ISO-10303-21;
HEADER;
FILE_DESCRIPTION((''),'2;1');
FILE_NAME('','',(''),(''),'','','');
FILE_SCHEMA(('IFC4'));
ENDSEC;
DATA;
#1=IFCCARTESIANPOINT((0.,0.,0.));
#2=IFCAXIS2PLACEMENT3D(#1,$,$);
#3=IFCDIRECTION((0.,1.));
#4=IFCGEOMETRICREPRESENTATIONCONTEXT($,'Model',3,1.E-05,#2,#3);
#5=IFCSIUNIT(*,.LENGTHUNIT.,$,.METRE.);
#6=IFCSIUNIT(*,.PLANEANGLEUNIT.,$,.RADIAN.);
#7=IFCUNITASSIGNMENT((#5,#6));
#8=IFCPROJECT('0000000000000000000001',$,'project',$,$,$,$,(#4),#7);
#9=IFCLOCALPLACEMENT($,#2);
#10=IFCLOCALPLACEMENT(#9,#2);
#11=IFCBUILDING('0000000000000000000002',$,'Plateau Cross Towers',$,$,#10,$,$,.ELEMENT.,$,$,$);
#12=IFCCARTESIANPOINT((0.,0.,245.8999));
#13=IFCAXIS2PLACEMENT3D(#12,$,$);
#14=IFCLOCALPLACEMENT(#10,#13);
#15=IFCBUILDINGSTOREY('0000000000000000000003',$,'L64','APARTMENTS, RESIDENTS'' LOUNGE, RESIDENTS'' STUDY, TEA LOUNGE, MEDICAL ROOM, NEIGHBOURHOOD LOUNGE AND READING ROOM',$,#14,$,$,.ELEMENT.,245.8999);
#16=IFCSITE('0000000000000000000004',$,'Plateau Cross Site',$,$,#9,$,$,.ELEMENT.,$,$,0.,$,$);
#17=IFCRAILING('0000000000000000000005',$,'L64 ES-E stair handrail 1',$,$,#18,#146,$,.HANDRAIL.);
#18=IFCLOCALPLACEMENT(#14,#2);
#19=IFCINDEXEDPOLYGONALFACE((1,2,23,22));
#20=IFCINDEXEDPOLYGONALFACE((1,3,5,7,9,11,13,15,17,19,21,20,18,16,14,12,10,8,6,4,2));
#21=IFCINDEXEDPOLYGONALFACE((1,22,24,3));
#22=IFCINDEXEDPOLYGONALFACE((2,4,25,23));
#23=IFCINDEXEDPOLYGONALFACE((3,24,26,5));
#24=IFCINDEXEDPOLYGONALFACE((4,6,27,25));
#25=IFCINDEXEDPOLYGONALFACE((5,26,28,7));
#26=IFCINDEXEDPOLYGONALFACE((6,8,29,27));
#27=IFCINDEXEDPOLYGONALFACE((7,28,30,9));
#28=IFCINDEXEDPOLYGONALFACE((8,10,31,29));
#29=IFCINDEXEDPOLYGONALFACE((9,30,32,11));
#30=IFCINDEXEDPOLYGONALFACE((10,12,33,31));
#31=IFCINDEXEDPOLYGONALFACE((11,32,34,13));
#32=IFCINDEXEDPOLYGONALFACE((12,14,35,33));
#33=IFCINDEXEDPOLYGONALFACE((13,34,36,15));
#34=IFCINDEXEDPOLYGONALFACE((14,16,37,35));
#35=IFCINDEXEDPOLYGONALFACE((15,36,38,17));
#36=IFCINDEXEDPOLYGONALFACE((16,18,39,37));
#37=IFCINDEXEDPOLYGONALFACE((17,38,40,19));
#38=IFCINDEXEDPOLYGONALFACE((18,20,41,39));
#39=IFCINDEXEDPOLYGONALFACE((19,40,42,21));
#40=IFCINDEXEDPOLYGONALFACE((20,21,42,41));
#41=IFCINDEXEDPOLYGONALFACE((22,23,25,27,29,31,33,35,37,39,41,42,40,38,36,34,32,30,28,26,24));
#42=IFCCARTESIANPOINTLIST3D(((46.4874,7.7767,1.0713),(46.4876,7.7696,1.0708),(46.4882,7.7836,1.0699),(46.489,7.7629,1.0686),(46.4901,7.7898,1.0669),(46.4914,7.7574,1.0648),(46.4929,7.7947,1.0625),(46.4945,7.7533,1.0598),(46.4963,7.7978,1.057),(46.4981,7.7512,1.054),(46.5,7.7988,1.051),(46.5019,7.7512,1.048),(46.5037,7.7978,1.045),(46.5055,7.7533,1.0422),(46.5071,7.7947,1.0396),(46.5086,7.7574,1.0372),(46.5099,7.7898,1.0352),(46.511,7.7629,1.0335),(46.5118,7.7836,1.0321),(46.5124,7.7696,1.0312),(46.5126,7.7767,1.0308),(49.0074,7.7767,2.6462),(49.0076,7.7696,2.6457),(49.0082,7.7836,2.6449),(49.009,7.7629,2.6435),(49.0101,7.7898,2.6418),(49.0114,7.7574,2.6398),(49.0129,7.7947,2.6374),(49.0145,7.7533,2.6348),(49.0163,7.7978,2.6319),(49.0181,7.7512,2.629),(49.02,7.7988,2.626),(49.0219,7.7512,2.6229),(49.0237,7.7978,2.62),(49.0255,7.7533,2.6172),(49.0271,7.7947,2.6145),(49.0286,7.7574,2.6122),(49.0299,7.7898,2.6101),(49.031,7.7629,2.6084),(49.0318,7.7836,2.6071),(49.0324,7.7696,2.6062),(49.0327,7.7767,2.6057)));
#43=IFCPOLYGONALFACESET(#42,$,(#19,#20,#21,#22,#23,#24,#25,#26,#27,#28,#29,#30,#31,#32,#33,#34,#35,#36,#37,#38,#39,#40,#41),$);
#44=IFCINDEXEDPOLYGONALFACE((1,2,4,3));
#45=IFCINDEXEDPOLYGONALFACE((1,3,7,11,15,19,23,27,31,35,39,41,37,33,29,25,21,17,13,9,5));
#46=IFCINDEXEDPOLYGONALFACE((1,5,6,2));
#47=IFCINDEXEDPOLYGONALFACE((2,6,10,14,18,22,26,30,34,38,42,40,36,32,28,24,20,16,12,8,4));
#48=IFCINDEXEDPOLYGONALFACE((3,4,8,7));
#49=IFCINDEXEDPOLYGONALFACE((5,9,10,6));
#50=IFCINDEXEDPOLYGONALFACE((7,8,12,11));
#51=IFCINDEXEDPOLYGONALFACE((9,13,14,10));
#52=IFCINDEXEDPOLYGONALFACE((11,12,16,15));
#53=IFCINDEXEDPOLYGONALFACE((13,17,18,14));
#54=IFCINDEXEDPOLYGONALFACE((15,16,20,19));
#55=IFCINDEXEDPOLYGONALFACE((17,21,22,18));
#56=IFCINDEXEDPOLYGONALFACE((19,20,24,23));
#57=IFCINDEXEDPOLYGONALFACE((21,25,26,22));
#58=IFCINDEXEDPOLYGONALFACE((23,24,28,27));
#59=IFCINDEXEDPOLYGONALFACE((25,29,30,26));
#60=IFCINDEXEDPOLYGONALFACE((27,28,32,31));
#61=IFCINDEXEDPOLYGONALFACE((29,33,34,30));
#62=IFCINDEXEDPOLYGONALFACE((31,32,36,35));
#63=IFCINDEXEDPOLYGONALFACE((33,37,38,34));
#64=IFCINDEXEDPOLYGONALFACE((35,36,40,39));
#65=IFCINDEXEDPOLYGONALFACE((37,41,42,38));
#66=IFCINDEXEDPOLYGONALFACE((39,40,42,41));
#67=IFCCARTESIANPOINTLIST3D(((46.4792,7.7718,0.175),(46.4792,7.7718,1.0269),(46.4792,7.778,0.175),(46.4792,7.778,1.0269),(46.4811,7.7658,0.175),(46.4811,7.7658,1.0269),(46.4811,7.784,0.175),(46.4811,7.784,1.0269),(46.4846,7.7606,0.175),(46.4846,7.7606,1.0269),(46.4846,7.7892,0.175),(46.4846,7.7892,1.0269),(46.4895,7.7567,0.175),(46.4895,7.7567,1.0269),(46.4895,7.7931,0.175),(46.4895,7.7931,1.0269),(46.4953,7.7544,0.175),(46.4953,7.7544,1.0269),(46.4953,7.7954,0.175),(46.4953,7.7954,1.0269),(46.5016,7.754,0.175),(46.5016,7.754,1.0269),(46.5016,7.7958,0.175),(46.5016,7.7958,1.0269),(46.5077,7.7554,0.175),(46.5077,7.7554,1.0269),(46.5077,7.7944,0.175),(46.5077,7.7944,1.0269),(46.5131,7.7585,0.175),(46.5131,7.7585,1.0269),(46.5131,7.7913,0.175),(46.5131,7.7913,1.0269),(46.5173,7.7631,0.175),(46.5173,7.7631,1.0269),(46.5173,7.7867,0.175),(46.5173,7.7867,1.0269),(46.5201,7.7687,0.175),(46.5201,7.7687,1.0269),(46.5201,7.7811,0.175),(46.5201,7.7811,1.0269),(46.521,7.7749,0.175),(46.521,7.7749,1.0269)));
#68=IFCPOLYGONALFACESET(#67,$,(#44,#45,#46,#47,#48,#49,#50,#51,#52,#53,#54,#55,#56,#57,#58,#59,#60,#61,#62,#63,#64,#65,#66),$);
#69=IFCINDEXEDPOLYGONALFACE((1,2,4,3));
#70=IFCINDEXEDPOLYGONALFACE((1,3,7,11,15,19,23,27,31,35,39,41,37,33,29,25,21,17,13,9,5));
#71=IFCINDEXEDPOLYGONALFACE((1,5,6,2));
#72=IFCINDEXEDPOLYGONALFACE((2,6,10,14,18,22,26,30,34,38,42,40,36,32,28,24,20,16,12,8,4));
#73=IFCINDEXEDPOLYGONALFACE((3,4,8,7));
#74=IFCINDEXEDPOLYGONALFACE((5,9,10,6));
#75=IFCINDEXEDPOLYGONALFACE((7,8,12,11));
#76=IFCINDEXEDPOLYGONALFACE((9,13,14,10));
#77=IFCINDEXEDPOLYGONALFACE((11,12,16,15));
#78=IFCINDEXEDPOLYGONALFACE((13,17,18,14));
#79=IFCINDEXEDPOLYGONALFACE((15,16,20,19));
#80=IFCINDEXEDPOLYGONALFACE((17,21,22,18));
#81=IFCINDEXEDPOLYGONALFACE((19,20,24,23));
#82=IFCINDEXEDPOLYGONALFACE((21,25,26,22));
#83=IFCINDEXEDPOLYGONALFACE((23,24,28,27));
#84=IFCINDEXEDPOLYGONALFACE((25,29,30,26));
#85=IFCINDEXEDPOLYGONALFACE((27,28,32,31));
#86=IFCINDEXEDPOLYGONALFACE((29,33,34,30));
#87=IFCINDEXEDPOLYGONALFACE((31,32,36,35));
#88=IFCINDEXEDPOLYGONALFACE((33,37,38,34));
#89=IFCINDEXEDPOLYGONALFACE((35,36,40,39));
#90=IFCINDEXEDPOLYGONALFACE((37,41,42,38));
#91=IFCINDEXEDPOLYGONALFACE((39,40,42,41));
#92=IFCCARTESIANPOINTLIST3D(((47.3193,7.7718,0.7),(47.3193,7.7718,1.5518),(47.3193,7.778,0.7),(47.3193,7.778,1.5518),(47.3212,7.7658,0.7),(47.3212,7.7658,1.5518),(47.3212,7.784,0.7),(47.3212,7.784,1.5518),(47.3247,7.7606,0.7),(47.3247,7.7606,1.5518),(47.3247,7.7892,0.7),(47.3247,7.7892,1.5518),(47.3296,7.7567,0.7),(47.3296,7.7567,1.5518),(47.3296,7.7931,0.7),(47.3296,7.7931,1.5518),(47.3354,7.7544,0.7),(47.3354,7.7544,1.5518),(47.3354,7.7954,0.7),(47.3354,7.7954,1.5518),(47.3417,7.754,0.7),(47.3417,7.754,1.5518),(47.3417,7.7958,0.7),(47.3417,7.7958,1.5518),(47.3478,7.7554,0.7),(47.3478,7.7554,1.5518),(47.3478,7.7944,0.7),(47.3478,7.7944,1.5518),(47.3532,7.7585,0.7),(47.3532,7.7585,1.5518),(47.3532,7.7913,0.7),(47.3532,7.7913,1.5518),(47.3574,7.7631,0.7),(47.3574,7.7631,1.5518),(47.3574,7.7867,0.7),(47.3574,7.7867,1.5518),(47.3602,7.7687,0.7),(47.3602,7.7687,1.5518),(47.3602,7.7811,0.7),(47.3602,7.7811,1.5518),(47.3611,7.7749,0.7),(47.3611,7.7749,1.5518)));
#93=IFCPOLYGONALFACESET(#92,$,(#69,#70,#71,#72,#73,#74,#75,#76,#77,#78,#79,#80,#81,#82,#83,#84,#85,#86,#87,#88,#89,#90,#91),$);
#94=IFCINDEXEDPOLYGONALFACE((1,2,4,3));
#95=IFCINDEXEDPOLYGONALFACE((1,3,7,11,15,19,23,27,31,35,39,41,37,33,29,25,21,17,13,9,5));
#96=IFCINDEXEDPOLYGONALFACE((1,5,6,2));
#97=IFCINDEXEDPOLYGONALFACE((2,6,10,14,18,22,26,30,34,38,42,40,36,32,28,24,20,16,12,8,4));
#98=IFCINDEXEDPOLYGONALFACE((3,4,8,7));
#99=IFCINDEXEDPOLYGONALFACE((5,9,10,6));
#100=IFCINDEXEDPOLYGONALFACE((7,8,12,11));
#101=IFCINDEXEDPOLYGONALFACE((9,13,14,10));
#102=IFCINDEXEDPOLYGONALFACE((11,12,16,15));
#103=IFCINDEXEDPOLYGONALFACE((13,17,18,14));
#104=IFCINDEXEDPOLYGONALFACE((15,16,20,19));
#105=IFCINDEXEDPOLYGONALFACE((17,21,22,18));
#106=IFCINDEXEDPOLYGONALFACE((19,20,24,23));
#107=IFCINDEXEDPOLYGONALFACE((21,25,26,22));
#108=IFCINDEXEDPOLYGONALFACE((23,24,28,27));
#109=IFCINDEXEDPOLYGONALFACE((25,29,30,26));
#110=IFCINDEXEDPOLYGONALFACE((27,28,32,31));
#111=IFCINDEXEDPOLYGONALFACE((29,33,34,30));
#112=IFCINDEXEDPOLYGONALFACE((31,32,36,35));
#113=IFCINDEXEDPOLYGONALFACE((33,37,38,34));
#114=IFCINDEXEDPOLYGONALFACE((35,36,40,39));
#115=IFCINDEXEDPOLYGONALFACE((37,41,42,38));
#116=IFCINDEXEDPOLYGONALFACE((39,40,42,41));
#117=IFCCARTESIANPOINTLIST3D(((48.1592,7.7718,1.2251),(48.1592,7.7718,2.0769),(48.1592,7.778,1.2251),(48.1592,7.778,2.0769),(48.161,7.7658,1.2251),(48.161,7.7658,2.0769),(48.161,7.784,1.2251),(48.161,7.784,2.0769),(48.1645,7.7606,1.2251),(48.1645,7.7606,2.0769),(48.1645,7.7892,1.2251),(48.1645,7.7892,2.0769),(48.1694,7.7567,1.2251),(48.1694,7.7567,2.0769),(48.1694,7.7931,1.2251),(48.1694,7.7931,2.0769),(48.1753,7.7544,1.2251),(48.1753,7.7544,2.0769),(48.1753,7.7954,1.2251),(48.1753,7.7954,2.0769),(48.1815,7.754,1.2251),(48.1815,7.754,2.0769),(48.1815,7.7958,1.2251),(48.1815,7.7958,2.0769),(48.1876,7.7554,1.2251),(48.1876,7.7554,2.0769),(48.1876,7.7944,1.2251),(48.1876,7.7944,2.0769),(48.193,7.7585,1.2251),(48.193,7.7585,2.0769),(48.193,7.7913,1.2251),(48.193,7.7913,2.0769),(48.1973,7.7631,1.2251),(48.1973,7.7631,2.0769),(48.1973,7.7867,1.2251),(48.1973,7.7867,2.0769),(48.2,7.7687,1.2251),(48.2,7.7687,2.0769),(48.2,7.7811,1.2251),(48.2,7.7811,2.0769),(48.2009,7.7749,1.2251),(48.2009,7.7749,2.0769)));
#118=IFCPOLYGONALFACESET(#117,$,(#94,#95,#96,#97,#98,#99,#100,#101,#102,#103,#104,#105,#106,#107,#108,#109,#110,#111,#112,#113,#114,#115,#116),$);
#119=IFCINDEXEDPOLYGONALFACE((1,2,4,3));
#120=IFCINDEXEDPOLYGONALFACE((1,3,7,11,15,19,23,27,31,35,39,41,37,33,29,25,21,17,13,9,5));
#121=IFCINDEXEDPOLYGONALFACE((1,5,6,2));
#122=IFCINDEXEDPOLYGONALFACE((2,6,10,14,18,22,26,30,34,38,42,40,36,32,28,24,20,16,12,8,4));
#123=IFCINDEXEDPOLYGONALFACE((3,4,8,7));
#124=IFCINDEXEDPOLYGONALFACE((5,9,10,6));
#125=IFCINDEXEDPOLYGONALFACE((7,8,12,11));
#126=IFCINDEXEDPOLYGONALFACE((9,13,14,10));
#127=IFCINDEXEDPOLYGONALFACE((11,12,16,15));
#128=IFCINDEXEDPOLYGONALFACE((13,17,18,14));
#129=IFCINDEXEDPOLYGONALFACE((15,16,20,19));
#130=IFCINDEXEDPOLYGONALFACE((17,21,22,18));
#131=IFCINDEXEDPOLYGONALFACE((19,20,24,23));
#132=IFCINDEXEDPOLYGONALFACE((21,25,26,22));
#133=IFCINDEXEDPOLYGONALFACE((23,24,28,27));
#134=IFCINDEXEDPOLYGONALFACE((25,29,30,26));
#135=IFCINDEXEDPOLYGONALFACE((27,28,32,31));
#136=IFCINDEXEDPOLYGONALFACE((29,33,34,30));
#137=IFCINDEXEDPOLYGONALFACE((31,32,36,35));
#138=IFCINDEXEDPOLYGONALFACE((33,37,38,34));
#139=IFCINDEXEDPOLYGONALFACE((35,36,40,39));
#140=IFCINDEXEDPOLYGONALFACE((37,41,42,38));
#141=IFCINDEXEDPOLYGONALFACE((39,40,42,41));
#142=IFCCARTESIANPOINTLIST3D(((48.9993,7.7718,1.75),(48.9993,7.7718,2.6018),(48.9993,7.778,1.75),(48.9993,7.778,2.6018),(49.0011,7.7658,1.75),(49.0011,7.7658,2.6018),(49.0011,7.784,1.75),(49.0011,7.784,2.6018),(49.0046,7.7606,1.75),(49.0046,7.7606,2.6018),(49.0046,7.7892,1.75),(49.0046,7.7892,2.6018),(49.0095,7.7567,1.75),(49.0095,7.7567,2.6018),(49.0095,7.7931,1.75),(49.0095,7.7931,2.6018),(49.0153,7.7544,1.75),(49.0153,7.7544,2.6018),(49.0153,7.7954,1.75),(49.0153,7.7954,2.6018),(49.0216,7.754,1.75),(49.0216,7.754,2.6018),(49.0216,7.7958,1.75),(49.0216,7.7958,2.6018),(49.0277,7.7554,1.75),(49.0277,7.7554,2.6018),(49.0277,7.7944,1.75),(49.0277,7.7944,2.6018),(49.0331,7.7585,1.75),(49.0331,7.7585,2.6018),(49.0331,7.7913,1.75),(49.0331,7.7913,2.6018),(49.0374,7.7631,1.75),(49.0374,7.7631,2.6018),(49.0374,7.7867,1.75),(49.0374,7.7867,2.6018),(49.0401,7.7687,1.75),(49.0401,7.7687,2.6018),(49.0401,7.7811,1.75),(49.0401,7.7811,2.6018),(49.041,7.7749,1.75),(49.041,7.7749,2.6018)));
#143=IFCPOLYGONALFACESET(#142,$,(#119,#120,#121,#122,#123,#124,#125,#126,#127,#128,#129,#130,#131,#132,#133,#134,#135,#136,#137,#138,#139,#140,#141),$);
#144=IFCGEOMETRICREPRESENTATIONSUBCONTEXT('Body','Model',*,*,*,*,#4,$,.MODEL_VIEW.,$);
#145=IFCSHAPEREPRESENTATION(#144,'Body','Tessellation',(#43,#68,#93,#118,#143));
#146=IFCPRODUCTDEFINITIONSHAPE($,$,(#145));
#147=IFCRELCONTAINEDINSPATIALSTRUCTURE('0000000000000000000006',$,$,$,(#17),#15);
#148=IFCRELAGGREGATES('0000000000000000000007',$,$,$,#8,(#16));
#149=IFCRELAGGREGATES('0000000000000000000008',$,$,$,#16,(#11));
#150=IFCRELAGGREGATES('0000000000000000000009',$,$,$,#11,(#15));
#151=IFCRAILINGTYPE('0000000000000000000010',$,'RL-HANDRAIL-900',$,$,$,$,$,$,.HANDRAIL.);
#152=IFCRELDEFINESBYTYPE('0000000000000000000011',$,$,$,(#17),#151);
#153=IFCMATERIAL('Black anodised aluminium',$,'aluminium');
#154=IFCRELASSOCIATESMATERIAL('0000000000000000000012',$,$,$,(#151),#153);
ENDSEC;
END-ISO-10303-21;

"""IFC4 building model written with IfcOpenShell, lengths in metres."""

from ifc_helpers import new_model, si_unit, direction, frame, origin, origin_2d, place, context, subcontext, project, spatial, circle, extrude, material, type_object, element, save


model = new_model("IFC4")

# Units and contexts
model_context = context("Model", 3, precision=1e-05, world=origin(), true_north=direction((0.0, 1.0)))
body_context = subcontext(model_context, "Body", "Model", "MODEL_VIEW")
ifc_project = project(units=[si_unit("LENGTHUNIT", "METRE"), si_unit("PLANEANGLEUNIT", "RADIAN")], contexts=[model_context])

# Site, building, storey
site_placement = place(None, origin())
site = spatial("IfcSite", under=ifc_project, at=site_placement, Name="Plateau Cross Site", CompositionType="ELEMENT", RefElevation=0.0)
building_placement = place(site_placement, origin())
building = spatial("IfcBuilding", under=site, at=building_placement, Name="Plateau Cross Towers", CompositionType="ELEMENT")
storey_placement = place(building_placement, frame((0.0, 0.0, 245.8999)))
storey = spatial("IfcBuildingStorey", under=building, at=storey_placement, Name="L64", Description="APARTMENTS, RESIDENTS' LOUNGE, RESIDENTS' STUDY, TEA LOUNGE, MEDICAL ROOM, NEIGHBOURHOOD LOUNGE AND READING ROOM", CompositionType="ELEMENT", Elevation=245.8999)

# Shared definitions
ifc_material_1 = material(Name="Black anodised aluminium", Category="aluminium")

# Railing
railing_type_1 = type_object("IfcRailingType", Name="RL-HANDRAIL-900", PredefinedType="HANDRAIL", material=ifc_material_1)
railing_placement = place(storey_placement, frame((46.5, 7.7749, 0.175)))
element("IfcRailing", 1, at=railing_placement, inside=storey, type_object=railing_type_1, Name="L64 ES-E stair handrail 1", PredefinedType="HANDRAIL", context=body_context, shape_type="SweptSolid", body=[
    extrude(circle(Radius=0.0239, at=origin_2d()), frame((0.0, 0.0, 0.876), z_axis=(0.848008, 0.0, 0.529984), x_axis=(0.0, 1.0, 0.0)), (0.0, 0.0, 1.0), 2.9717),
    extrude(circle(Radius=0.021, at=origin_2d()), origin(), (0.0, 0.0, 1.0), 0.8518),
    extrude(circle(Radius=0.021, at=origin_2d()), frame((0.8401, 0.0, 0.5249)), (0.0, 0.0, 1.0), 0.8518),
    extrude(circle(Radius=0.021, at=origin_2d()), frame((1.6799, 0.0, 1.05)), (0.0, 0.0, 1.0), 0.8518),
    extrude(circle(Radius=0.021, at=origin_2d()), frame((2.52, 0.0, 1.575)), (0.0, 0.0, 1.0), 0.8518),
])

save(model, "model.ifc")
